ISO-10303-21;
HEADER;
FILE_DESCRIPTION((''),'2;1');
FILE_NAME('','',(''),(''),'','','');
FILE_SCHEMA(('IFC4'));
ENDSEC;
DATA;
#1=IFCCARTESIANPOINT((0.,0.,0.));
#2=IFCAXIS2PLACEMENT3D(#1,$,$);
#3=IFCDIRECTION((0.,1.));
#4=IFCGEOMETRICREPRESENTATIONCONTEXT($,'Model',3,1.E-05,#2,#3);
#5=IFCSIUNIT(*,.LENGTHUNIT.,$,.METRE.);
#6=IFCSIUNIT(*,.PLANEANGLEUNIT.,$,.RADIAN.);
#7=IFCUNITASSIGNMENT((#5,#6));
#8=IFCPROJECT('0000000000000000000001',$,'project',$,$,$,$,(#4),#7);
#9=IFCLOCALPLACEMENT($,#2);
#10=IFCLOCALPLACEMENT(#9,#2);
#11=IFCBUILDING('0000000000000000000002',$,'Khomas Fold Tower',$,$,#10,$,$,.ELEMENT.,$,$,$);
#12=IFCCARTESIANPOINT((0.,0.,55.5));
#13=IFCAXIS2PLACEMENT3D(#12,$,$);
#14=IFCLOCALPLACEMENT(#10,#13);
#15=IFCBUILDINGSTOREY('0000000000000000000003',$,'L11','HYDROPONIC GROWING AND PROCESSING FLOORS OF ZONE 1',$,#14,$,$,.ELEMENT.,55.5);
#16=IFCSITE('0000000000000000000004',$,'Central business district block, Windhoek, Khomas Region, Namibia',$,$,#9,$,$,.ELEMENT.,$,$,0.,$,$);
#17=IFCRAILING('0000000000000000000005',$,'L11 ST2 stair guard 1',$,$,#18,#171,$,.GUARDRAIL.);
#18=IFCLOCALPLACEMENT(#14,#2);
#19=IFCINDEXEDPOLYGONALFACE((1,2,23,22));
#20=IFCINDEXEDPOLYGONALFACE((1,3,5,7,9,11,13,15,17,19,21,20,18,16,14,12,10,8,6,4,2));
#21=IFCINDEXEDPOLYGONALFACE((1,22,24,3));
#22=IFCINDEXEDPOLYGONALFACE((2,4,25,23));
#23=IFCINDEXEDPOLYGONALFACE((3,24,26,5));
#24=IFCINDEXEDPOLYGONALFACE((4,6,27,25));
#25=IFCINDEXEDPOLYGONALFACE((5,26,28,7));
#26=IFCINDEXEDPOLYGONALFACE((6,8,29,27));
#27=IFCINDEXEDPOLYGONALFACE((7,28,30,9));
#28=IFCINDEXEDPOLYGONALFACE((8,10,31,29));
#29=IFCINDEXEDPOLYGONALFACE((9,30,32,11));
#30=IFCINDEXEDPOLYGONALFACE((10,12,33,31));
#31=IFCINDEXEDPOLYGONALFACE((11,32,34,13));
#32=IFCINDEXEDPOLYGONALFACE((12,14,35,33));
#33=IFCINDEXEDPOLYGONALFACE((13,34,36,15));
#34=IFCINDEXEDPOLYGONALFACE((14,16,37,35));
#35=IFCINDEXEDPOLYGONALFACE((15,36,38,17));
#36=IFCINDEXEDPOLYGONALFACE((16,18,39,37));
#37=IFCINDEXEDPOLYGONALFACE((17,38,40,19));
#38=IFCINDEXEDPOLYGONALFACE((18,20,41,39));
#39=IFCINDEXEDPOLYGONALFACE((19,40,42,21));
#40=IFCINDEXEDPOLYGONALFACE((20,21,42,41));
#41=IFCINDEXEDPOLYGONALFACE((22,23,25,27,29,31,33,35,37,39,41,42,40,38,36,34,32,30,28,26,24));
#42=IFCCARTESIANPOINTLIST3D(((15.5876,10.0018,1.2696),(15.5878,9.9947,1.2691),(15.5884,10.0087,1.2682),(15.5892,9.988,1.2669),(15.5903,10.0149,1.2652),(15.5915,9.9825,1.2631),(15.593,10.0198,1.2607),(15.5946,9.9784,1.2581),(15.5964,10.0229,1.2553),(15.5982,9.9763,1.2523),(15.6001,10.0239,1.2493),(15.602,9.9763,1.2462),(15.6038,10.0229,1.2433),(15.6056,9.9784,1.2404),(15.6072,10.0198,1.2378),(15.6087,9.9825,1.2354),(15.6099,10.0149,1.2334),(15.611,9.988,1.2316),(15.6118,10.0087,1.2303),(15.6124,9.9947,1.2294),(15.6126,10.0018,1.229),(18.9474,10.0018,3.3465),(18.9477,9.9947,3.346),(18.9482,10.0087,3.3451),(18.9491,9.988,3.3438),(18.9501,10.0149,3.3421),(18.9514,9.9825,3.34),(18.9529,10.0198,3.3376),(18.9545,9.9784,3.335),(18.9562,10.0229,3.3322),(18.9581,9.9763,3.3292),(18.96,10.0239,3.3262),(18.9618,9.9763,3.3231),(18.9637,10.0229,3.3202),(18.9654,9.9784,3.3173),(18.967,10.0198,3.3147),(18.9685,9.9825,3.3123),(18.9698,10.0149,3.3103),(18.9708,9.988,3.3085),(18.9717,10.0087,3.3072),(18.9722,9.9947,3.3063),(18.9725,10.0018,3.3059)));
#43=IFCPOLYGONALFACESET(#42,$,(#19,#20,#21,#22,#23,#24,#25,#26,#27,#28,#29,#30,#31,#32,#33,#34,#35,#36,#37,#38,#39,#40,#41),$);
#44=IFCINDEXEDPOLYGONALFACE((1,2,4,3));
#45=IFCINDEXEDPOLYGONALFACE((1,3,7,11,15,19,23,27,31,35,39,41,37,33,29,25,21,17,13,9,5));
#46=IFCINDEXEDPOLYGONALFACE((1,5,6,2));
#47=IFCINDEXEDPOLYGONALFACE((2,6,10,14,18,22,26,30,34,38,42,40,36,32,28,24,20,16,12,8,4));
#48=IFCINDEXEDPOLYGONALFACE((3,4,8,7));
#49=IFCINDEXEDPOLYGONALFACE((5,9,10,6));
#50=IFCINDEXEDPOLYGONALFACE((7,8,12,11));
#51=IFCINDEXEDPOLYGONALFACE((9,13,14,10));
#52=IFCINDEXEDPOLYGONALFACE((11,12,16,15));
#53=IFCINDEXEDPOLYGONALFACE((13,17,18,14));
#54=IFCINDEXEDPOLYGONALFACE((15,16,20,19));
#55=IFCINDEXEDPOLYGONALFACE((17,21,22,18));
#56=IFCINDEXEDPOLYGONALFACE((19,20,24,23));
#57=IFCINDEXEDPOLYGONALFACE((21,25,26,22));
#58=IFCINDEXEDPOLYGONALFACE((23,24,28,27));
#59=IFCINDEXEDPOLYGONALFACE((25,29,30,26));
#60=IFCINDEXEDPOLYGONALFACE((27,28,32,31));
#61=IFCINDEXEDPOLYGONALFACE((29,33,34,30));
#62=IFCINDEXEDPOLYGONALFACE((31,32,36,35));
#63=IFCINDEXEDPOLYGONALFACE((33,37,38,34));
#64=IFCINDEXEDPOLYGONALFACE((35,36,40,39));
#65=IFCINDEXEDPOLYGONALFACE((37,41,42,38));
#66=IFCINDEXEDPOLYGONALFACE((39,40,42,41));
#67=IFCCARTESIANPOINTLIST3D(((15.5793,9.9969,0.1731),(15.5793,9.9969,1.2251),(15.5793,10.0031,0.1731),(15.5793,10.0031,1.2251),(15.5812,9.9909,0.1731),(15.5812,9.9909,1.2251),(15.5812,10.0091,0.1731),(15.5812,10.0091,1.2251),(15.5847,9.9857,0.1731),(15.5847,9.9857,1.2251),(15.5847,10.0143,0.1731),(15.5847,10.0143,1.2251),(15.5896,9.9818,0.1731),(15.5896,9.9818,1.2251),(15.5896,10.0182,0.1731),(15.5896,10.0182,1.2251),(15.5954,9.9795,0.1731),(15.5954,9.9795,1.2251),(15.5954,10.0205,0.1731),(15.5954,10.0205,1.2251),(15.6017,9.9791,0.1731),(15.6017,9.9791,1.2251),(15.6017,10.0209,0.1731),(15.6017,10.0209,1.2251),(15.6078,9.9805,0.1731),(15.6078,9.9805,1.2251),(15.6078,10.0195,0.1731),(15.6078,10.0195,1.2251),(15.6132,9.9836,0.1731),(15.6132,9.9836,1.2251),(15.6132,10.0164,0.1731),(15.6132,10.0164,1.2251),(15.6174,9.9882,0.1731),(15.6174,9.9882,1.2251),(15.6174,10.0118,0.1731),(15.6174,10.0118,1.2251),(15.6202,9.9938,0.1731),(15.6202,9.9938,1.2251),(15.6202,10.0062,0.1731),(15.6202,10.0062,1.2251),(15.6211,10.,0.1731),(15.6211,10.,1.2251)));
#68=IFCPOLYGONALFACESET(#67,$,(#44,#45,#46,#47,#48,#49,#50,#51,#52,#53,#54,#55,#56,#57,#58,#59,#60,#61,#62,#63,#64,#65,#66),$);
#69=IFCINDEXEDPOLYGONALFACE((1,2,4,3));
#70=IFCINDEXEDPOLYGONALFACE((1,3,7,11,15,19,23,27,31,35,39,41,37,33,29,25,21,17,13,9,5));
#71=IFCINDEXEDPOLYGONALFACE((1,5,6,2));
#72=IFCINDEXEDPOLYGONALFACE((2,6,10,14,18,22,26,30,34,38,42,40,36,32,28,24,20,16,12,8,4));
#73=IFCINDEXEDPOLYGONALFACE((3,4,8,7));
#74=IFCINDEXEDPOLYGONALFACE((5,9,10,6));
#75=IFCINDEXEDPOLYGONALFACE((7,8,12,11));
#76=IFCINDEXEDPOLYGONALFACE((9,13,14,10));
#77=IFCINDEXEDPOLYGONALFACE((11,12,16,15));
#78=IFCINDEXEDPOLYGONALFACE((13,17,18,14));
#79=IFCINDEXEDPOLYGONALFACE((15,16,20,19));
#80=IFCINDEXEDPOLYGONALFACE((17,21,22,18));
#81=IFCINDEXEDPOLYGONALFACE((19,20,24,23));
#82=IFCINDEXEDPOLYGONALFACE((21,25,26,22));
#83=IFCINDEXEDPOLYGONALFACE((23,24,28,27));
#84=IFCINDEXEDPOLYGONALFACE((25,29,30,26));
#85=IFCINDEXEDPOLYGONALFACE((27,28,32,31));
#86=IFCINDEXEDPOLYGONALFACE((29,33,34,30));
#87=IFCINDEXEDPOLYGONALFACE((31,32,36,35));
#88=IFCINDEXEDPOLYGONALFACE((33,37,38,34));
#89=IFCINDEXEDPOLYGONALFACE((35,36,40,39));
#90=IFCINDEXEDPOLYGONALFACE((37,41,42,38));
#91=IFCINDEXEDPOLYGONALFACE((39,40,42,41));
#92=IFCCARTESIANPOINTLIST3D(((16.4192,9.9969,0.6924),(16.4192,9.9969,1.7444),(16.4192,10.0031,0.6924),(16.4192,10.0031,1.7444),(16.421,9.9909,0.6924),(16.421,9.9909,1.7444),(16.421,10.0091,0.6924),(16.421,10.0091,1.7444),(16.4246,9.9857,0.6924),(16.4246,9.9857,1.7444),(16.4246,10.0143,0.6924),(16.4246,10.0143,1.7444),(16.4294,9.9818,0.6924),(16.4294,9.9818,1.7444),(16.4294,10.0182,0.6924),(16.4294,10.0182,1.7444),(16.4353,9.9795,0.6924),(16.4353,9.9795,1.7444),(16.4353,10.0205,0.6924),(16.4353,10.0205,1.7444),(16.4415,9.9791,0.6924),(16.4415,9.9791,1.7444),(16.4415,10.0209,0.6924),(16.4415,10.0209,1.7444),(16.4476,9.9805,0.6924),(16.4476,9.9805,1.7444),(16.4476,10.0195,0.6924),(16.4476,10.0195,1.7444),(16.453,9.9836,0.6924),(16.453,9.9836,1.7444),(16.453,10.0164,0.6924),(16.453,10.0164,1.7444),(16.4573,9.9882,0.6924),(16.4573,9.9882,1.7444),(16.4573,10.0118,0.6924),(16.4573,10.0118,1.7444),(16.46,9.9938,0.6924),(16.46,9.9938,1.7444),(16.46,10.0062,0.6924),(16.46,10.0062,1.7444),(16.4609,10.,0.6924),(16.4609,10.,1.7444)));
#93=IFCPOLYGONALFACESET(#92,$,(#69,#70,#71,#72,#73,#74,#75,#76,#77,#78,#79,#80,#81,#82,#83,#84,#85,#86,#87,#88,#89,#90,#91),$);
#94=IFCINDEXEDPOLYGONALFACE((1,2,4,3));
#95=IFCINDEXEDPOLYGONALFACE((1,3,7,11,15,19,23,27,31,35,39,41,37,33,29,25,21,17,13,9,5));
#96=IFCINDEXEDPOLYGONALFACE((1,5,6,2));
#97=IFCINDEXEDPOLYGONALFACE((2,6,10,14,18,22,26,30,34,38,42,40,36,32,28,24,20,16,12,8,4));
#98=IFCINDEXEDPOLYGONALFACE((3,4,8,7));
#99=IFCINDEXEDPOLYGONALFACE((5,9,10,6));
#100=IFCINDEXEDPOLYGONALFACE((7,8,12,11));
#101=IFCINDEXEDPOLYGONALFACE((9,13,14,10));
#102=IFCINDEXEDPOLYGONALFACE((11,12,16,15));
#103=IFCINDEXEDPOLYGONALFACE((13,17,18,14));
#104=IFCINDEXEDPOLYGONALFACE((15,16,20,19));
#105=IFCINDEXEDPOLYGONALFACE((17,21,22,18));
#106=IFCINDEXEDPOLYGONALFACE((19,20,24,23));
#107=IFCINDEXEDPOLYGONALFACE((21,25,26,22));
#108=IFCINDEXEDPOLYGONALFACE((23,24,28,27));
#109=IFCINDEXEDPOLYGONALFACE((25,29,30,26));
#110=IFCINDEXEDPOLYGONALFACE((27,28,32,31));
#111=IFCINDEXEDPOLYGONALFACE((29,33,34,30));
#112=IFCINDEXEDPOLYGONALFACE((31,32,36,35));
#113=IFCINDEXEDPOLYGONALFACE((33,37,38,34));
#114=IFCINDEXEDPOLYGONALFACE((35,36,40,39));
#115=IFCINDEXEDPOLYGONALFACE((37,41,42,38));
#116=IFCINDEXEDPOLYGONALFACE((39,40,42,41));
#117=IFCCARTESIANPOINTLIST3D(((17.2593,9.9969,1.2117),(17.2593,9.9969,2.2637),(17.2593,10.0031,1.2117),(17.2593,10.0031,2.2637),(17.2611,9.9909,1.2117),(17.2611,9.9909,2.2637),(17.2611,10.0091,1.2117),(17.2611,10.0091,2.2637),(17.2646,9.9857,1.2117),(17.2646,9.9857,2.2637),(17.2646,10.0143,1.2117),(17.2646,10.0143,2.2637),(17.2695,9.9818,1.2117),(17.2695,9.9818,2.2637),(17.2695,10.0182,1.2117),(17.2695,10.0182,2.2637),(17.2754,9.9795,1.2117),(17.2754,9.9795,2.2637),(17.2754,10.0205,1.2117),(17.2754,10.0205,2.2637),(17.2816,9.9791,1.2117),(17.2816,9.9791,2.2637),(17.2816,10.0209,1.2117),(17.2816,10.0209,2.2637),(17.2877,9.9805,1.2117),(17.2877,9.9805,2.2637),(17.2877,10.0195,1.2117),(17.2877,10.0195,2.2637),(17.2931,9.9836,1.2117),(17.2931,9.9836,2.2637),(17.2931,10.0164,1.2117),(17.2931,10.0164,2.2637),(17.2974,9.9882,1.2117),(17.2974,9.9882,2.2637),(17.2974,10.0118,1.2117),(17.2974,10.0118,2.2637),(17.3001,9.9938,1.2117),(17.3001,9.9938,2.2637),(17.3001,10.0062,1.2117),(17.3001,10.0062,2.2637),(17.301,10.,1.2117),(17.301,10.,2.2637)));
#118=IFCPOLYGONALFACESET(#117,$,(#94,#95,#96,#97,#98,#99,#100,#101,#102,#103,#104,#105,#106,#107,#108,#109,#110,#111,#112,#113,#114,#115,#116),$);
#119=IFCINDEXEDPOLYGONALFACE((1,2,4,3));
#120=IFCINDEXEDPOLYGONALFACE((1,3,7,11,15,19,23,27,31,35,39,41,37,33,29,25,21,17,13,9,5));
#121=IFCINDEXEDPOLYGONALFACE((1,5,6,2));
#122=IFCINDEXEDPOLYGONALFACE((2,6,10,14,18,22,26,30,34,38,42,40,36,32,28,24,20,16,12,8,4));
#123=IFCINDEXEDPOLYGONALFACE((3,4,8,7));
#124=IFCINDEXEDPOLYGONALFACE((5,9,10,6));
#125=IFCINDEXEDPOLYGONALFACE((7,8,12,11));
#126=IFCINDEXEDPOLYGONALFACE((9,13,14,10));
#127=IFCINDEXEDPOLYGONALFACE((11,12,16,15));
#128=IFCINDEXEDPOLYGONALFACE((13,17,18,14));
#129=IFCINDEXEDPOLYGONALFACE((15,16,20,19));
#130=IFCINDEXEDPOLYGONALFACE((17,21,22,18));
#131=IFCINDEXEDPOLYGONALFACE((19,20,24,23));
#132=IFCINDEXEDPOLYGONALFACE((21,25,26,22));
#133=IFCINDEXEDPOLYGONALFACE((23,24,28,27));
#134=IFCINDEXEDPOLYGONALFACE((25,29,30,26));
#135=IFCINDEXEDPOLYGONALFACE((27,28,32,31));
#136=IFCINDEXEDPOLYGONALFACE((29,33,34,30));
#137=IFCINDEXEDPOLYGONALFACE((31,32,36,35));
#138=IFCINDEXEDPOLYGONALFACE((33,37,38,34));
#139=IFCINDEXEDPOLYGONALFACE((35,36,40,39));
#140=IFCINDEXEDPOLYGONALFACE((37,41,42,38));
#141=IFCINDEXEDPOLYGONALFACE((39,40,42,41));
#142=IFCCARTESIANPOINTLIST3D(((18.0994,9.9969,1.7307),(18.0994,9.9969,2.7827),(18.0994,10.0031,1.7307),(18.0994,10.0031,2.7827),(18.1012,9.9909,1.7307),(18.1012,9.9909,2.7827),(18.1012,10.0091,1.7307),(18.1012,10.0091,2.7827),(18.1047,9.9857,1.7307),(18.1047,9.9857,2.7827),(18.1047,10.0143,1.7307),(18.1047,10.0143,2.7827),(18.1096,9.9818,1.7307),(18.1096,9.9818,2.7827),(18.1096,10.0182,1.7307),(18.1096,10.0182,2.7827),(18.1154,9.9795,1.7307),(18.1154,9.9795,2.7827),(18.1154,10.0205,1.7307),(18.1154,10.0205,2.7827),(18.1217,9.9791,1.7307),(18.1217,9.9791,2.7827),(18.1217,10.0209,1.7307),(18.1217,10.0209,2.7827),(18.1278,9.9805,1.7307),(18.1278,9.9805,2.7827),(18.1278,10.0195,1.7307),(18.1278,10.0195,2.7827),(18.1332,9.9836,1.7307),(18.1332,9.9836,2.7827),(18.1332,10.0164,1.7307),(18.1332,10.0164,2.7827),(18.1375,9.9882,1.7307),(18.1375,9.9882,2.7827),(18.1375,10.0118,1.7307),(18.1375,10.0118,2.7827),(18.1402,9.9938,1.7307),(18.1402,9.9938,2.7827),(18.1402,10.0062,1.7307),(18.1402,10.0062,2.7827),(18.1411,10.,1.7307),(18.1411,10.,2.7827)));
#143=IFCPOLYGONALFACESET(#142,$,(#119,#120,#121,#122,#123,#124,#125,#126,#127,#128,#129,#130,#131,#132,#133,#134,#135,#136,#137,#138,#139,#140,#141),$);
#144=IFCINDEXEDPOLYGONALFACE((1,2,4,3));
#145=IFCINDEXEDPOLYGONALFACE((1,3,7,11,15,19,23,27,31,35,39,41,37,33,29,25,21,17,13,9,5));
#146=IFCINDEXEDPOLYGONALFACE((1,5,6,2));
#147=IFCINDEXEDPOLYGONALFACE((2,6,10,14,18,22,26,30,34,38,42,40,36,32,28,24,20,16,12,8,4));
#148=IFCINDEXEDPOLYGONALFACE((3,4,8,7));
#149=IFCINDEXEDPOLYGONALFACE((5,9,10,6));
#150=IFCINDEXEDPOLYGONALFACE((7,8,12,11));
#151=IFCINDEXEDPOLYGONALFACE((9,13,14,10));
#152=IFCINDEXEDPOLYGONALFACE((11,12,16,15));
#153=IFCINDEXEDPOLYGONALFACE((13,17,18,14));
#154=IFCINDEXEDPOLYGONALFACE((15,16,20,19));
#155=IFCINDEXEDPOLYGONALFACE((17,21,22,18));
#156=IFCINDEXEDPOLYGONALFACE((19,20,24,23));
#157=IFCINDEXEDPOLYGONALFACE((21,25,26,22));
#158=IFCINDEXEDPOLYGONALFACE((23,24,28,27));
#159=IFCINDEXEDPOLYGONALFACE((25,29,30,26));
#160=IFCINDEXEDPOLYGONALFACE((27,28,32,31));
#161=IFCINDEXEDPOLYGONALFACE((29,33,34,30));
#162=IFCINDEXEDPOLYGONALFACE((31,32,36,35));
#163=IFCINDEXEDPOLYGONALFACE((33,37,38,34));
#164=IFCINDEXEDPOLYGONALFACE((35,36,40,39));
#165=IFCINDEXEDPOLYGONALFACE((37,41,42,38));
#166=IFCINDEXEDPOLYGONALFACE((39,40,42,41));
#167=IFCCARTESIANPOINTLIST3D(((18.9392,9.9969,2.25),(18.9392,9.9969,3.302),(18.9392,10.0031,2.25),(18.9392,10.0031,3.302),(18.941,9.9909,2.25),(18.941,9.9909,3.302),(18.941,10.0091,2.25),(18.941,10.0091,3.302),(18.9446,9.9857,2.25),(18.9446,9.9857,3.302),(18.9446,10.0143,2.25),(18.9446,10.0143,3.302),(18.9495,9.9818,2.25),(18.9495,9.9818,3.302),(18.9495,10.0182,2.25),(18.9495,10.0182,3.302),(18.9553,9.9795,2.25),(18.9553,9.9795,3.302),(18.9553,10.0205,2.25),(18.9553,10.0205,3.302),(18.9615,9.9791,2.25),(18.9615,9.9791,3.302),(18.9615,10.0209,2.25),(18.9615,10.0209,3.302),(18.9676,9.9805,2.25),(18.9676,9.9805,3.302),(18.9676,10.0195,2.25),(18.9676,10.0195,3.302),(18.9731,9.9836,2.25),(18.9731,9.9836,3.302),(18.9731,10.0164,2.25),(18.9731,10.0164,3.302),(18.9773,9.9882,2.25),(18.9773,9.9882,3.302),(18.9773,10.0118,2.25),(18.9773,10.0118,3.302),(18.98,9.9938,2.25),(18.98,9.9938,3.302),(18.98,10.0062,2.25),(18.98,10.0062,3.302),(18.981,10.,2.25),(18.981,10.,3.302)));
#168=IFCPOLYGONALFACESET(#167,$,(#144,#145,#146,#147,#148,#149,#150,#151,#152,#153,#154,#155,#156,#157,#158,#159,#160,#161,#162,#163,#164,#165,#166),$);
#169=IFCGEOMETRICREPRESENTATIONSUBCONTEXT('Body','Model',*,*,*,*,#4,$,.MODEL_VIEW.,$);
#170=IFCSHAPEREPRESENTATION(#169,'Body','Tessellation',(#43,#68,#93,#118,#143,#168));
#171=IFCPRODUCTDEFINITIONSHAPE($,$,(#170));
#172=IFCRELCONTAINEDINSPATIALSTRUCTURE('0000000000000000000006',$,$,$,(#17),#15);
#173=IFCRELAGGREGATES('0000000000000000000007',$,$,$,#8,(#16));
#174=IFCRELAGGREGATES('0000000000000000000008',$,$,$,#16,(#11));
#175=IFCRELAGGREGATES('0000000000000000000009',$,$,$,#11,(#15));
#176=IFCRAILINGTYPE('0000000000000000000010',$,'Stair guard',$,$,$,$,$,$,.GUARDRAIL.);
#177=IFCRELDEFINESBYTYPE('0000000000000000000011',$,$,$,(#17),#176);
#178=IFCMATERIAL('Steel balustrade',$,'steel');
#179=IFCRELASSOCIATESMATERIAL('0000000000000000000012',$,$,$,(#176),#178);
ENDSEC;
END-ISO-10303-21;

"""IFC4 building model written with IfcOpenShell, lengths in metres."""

from ifc_helpers import new_model, si_unit, direction, frame, origin, origin_2d, place, context, subcontext, project, spatial, circle, extrude, source, transform, mapped, material, type_object, element, save


model = new_model("IFC4")

# Units and contexts
model_context = context("Model", 3, precision=1e-05, world=origin(), true_north=direction((0.0, 1.0)))
body_context = subcontext(model_context, "Body", "Model", "MODEL_VIEW")
ifc_project = project(units=[si_unit("LENGTHUNIT", "METRE"), si_unit("PLANEANGLEUNIT", "RADIAN")], contexts=[model_context])

# Site, building, storey
site_placement = place(None, origin())
site = spatial("IfcSite", under=ifc_project, at=site_placement, Name="Central business district block, Windhoek, Khomas Region, Namibia", CompositionType="ELEMENT", RefElevation=0.0)
building_placement = place(site_placement, origin())
building = spatial("IfcBuilding", under=site, at=building_placement, Name="Khomas Fold Tower", CompositionType="ELEMENT")
storey_placement = place(building_placement, frame((0.0, 0.0, 55.5)))
storey = spatial("IfcBuildingStorey", under=building, at=storey_placement, Name="L11", Description="HYDROPONIC GROWING AND PROCESSING FLOORS OF ZONE 1", CompositionType="ELEMENT", Elevation=55.5)

# Railing
ifc_material_1 = material(Name="Steel balustrade", Category="steel")
railing_type_1 = type_object("IfcRailingType", Name="Stair guard", PredefinedType="GUARDRAIL", material=ifc_material_1)
shared_shape_1 = source(origin(), body_context, "Body", "SweptSolid", [
    extrude(circle(Radius=0.0239, at=origin_2d()), frame((0.0, 0.0, 1.0762), z_axis=(0.850606, 0.0, 0.525803), x_axis=(0.0, 1.0, 0.0)), (0.0, 0.0, 1.0), 3.95),
    extrude(circle(Radius=0.021, at=origin_2d()), origin(), (0.0, 0.0, 1.0), 1.052),
    extrude(circle(Radius=0.021, at=origin_2d()), frame((0.8398, 0.0, 0.5193)), (0.0, 0.0, 1.0), 1.052),
    extrude(circle(Radius=0.021, at=origin_2d()), frame((1.6799, 0.0, 1.0386)), (0.0, 0.0, 1.0), 1.052),
    extrude(circle(Radius=0.021, at=origin_2d()), frame((2.52, 0.0, 1.5576)), (0.0, 0.0, 1.0), 1.052),
    extrude(circle(Radius=0.021, at=origin_2d()), frame((3.3599, 0.0, 2.0769)), (0.0, 0.0, 1.0), 1.052),
])
railing_1_placement = place(storey_placement, frame((15.6001, 10.0, 0.1731)))
element("IfcRailing", 1, at=railing_1_placement, inside=storey, type_object=railing_type_1, Name="L11 ST2 stair guard 1", PredefinedType="GUARDRAIL", context=body_context, shape_type="MappedRepresentation", body=[
    mapped(shared_shape_1, transform((0.0, 0.0, 0.0))),
])

save(model, "model.ifc")
